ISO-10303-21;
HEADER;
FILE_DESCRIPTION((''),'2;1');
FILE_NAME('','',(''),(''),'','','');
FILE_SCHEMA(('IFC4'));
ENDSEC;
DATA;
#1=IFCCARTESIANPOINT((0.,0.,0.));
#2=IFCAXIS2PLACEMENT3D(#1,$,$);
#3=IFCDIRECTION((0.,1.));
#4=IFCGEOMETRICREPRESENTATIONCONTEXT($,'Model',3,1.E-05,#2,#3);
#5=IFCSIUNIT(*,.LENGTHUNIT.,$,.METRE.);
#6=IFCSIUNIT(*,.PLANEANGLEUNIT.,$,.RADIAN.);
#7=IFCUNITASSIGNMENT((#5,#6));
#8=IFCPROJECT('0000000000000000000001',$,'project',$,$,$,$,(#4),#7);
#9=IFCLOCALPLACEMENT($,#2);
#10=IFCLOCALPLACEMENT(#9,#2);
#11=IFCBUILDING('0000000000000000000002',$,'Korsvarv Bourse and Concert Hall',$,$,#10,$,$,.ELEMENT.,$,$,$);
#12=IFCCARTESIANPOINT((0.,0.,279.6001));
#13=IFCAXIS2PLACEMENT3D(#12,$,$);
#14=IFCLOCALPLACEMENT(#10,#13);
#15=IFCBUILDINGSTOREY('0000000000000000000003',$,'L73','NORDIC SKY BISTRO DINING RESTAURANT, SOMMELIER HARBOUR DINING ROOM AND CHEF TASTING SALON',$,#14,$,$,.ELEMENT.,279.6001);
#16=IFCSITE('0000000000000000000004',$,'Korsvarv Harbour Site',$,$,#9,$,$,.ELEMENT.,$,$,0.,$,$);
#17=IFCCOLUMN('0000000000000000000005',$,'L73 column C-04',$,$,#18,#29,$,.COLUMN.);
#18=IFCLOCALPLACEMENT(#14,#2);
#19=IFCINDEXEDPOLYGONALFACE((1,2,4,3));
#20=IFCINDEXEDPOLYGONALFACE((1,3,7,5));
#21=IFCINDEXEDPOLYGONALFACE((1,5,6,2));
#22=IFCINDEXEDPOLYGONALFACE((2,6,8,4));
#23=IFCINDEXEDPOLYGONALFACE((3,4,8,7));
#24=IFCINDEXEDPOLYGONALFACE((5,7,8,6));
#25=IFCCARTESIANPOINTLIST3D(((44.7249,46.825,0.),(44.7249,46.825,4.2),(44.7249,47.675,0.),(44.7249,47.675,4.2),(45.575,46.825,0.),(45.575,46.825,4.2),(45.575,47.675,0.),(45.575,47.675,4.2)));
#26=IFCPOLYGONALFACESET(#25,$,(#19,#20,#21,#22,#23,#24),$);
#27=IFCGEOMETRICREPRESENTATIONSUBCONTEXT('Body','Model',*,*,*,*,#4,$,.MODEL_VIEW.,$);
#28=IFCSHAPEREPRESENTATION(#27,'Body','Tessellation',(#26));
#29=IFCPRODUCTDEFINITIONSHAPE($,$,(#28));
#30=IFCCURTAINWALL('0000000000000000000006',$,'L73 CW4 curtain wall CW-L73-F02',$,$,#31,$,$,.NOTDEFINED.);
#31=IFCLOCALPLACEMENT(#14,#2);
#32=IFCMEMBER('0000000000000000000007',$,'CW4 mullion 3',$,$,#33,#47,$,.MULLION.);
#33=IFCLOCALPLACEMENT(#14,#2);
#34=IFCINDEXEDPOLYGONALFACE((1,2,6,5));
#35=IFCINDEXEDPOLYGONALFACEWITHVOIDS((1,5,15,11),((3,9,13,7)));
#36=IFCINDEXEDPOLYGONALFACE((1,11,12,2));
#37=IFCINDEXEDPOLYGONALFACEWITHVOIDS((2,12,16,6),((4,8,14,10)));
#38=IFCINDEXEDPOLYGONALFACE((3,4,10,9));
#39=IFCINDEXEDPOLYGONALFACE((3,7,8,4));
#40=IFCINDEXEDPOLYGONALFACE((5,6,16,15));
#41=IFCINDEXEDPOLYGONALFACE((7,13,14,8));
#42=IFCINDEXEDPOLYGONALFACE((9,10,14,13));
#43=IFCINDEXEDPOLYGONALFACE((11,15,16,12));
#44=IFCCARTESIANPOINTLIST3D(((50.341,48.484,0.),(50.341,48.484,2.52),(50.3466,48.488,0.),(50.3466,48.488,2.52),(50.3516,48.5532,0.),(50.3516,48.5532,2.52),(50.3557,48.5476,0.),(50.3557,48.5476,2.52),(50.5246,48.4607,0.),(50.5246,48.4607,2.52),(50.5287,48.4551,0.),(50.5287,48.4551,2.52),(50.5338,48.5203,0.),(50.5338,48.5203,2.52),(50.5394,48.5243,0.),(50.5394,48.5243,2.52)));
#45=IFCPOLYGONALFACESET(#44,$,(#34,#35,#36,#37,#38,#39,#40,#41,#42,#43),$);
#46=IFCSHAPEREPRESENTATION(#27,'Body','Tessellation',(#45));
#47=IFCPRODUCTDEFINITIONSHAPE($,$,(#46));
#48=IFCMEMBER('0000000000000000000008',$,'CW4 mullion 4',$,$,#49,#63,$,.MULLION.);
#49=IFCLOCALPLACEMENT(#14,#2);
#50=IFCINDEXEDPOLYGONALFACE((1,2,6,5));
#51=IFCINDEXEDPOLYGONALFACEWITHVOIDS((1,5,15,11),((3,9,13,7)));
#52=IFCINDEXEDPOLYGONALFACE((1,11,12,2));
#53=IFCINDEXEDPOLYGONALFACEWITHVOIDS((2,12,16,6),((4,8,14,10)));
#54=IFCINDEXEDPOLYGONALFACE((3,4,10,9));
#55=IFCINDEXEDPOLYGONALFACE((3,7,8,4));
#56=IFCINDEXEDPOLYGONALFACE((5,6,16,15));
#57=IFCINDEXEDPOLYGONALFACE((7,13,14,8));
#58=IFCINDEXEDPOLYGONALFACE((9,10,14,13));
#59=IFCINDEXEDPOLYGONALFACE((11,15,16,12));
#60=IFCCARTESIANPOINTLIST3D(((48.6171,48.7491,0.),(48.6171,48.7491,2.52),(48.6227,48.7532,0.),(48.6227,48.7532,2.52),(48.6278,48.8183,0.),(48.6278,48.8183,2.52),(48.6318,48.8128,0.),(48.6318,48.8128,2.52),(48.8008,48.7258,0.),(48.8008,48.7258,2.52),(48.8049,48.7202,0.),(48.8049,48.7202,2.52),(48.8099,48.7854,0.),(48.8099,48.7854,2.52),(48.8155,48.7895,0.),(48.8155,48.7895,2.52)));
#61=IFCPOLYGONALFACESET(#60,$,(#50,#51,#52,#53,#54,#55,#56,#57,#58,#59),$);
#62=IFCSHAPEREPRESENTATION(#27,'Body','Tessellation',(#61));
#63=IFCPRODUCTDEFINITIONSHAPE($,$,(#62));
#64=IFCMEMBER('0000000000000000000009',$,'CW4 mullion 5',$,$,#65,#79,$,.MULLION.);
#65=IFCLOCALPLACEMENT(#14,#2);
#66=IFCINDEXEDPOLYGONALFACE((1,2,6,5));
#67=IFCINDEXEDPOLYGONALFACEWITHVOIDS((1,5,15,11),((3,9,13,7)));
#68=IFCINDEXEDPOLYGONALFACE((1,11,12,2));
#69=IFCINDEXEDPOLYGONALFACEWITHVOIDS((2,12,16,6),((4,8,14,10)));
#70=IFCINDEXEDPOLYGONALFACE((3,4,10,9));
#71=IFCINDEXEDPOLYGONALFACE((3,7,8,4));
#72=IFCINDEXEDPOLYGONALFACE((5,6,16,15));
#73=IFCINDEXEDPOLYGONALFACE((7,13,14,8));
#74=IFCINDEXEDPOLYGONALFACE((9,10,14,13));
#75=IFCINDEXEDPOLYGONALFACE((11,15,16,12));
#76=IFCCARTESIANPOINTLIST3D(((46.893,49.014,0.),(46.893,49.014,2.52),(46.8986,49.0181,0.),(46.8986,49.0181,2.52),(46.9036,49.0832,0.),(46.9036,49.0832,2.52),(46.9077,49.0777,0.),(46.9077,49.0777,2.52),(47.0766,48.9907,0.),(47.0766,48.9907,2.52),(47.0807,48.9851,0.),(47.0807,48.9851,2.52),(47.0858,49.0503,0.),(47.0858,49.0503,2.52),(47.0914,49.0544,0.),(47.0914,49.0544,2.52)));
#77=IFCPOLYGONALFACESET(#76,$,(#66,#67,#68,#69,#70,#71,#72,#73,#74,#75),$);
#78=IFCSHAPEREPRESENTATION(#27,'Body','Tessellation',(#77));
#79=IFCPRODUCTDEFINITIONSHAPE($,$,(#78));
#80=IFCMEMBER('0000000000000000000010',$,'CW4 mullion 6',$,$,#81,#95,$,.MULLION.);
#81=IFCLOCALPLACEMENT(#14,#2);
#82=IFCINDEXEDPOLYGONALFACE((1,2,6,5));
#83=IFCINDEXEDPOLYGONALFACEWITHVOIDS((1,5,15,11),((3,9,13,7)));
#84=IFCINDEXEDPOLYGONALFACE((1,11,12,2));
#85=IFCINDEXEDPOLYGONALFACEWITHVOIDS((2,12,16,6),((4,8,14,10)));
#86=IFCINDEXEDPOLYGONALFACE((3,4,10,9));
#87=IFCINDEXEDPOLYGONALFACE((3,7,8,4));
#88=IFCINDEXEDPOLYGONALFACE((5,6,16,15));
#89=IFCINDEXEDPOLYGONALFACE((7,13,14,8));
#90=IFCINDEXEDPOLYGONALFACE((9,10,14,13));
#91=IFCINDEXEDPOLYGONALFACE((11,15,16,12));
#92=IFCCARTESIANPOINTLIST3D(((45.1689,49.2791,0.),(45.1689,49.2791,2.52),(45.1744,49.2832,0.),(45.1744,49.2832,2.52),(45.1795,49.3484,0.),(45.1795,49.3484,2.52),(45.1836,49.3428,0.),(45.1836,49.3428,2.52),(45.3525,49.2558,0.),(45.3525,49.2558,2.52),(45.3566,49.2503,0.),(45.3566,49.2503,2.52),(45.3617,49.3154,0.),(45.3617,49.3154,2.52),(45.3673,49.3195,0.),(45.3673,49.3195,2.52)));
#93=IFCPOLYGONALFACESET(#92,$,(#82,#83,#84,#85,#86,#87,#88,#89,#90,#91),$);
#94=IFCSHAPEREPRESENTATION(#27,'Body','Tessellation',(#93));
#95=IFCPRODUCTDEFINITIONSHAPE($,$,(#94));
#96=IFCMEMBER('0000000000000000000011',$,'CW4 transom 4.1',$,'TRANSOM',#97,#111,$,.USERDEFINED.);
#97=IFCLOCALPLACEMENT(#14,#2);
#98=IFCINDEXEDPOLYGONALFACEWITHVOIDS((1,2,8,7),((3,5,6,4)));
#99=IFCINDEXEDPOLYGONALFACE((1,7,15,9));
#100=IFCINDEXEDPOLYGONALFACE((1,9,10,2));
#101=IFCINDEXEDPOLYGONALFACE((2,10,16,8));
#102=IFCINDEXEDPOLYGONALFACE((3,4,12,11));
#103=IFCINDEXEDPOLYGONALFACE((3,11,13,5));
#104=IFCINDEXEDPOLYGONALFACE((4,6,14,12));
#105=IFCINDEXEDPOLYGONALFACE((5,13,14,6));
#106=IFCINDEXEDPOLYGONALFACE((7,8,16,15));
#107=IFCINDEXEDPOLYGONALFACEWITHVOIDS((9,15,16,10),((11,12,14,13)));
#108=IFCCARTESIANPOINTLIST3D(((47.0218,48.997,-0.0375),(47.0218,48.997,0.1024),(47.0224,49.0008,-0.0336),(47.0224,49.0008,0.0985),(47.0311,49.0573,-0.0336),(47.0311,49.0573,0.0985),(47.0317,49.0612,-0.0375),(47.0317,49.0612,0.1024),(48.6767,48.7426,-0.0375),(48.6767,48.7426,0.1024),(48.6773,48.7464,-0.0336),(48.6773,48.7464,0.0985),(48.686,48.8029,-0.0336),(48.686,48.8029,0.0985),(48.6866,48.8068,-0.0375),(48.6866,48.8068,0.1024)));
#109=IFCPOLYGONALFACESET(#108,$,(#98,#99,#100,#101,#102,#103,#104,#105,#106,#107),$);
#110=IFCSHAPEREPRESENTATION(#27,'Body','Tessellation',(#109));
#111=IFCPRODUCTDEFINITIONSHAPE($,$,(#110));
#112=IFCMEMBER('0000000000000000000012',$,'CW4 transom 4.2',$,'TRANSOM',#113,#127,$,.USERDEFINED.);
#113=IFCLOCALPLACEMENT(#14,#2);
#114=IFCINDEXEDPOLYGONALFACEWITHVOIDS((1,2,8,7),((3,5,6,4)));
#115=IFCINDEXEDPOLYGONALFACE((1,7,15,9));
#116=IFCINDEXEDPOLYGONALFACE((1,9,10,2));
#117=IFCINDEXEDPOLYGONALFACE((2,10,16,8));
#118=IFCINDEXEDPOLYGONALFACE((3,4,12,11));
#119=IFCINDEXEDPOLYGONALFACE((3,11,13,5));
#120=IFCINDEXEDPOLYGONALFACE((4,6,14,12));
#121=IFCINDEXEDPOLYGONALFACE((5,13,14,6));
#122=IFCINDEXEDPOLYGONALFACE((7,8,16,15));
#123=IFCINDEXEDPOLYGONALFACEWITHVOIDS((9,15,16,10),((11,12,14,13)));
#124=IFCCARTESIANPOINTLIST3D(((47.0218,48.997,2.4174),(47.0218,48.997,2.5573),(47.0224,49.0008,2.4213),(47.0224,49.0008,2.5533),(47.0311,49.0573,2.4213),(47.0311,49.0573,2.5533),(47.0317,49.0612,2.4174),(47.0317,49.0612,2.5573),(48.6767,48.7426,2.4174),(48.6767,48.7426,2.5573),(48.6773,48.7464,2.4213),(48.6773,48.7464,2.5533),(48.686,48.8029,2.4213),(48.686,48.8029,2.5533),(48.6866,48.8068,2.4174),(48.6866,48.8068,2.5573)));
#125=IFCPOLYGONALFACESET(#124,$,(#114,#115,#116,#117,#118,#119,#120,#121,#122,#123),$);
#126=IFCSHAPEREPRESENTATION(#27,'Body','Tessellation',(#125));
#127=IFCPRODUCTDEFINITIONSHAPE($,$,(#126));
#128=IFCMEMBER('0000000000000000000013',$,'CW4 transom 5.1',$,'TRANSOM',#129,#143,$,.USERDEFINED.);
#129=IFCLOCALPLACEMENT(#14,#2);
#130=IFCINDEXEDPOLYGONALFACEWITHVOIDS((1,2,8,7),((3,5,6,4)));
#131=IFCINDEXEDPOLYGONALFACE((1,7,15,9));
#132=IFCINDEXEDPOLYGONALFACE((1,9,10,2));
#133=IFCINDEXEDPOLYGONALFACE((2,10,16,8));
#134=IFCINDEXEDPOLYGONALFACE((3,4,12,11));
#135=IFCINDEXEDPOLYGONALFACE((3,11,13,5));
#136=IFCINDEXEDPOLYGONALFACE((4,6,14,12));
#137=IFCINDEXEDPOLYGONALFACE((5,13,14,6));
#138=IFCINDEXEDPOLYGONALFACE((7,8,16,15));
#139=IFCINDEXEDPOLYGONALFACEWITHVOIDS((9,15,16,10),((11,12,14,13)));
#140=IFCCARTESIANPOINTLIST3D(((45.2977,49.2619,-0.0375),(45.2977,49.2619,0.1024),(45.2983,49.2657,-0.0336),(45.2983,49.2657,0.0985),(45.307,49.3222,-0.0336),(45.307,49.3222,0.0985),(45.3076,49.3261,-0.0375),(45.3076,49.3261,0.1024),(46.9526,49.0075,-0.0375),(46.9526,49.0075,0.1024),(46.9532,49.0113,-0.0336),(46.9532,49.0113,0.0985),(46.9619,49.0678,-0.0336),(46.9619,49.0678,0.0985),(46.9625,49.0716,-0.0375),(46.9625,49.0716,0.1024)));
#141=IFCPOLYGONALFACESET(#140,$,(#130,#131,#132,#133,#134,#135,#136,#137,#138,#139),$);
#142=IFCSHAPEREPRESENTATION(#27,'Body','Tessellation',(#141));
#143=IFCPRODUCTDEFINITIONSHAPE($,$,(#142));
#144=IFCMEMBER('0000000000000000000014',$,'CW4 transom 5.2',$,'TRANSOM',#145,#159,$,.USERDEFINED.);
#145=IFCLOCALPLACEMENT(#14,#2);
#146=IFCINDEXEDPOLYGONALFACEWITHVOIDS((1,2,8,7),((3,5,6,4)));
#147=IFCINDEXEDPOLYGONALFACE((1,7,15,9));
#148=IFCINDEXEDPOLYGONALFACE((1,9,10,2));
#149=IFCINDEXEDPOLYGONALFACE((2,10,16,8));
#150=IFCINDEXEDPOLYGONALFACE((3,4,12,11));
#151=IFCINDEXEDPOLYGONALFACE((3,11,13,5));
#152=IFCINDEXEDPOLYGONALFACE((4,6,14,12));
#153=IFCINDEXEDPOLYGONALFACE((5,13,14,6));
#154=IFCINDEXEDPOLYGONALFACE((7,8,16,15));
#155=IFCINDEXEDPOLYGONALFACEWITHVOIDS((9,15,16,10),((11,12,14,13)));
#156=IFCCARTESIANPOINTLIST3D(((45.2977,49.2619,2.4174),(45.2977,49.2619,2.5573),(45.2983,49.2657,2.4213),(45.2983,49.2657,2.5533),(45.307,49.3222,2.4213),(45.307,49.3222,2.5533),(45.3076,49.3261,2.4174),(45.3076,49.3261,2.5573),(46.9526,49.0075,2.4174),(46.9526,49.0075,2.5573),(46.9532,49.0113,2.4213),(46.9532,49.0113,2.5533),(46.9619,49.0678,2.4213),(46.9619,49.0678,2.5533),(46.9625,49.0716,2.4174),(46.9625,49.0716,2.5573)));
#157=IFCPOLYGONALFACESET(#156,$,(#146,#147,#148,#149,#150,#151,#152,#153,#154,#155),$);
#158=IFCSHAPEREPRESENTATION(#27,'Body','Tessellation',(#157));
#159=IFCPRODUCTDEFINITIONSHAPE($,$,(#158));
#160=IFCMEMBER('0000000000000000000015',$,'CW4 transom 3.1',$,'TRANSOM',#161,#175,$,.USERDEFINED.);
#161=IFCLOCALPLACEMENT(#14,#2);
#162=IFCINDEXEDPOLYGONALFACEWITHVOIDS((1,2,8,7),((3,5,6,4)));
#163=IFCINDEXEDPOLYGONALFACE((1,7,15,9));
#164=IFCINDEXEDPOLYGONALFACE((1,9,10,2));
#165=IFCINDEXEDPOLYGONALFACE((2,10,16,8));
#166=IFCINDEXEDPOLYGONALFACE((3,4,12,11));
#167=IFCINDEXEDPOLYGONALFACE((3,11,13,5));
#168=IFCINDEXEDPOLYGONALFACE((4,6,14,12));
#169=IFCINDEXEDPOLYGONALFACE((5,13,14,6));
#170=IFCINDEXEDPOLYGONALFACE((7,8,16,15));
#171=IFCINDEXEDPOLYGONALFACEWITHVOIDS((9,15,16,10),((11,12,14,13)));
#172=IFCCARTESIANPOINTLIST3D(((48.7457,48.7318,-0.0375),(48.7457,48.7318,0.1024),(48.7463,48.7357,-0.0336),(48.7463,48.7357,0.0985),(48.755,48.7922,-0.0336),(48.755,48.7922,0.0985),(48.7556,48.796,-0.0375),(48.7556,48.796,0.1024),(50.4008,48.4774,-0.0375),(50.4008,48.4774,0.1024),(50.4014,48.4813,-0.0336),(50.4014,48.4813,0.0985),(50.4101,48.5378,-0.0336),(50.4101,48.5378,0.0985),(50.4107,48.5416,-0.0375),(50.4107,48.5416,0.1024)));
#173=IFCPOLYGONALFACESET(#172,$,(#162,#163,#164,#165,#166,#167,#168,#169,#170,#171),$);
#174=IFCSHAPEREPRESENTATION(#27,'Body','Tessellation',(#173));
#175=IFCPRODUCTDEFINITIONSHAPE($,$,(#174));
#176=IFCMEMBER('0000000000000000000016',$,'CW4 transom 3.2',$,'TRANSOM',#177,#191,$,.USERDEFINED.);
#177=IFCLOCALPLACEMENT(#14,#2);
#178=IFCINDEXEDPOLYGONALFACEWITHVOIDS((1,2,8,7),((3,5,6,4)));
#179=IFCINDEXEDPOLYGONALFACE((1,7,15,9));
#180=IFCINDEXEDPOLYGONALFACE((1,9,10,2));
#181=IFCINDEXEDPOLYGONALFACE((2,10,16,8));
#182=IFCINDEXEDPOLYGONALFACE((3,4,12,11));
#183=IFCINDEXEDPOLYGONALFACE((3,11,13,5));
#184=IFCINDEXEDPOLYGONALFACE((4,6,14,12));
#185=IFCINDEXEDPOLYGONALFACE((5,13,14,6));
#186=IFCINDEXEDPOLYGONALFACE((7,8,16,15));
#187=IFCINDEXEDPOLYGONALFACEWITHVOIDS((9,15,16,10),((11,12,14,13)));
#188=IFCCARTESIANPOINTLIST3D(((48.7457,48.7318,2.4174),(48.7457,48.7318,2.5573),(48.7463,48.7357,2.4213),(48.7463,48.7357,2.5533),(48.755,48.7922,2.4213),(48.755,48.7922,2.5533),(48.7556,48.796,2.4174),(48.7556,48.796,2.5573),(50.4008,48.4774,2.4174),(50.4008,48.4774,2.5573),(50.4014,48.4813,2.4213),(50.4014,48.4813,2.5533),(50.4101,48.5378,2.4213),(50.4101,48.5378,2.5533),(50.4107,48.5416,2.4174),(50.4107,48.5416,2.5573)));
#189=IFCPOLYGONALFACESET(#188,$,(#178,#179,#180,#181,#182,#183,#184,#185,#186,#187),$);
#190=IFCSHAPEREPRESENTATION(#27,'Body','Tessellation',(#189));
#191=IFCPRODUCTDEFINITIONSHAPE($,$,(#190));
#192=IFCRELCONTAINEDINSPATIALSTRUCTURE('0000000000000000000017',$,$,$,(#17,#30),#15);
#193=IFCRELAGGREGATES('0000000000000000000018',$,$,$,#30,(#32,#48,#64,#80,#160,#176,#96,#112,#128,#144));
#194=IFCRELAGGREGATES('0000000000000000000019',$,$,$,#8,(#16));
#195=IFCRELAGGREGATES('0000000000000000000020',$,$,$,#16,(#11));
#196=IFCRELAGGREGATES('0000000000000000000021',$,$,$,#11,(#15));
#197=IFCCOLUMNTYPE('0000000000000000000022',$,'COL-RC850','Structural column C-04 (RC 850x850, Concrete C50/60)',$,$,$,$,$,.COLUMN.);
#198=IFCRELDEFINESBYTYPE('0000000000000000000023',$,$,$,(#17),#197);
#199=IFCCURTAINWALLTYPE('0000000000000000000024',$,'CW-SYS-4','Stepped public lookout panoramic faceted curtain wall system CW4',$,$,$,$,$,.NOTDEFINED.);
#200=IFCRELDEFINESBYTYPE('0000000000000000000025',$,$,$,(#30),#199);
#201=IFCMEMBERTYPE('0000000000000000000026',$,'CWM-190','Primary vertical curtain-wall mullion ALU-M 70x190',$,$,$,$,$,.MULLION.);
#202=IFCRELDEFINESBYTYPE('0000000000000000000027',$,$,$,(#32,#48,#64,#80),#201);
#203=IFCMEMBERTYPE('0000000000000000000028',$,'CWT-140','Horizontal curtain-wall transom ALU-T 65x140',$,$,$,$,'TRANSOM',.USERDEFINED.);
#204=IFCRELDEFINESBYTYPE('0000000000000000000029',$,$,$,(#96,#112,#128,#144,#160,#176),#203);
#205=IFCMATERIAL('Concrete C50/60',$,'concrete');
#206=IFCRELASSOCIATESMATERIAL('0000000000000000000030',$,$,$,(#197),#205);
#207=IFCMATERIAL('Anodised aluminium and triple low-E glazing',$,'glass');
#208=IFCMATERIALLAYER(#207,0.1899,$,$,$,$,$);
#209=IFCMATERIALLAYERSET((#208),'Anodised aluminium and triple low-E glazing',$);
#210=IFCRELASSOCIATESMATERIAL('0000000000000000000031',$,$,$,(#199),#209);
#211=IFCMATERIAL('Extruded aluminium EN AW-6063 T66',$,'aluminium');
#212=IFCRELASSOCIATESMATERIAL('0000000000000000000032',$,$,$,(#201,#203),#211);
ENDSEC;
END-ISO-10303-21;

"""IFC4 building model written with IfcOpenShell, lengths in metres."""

from ifc_helpers import new_model, si_unit, direction, frame, origin, origin_2d, place, context, subcontext, project, spatial, rectangle, hollow_rectangle, extrude, source, transform, mapped, material, layer, layer_set, material_profile, profile_set, type_object, element, aggregate, save


model = new_model("IFC4")

# Units and contexts
model_context = context("Model", 3, precision=1e-05, world=origin(), true_north=direction((0.0, 1.0)))
body_context = subcontext(model_context, "Body", "Model", "MODEL_VIEW")
ifc_project = project(units=[si_unit("LENGTHUNIT", "METRE"), si_unit("PLANEANGLEUNIT", "RADIAN")], contexts=[model_context])

# Site, building, storey
site_placement = place(None, origin())
site = spatial("IfcSite", under=ifc_project, at=site_placement, Name="Korsvarv Harbour Site", CompositionType="ELEMENT", RefElevation=0.0)
building_placement = place(site_placement, origin())
building = spatial("IfcBuilding", under=site, at=building_placement, Name="Korsvarv Bourse and Concert Hall", CompositionType="ELEMENT")
storey_placement = place(building_placement, frame((0.0, 0.0, 279.6001)))
storey = spatial("IfcBuildingStorey", under=building, at=storey_placement, Name="L73", Description="NORDIC SKY BISTRO DINING RESTAURANT, SOMMELIER HARBOUR DINING ROOM AND CHEF TASTING SALON", CompositionType="ELEMENT", Elevation=279.6001)

# Column
ifc_material_1 = material(Name="Concrete C50/60", Category="concrete")
ifc_material_profile_1 = material_profile(ifc_material_1, rectangle(XDim=0.8501, YDim=0.8501, at=origin_2d()), Name="RC 850x850")
ifc_profile_set_1 = profile_set([ifc_material_profile_1], Name="Concrete C50/60")
column_type = type_object("IfcColumnType", Name="COL-RC850", Description="Structural column C-04 (RC 850x850, Concrete C50/60)", PredefinedType="COLUMN", material=ifc_profile_set_1)
shared_shape_1 = source(origin(), body_context, "Body", "SweptSolid", [
    extrude(rectangle(XDim=0.8501, YDim=0.8501, at=origin_2d()), origin(), (0.0, 0.0, 1.0), 4.2),
])
column_placement = place(storey_placement, frame((45.1499, 47.25, 0.0), z_axis=(0.0, 0.0, 1.0), x_axis=(1.0, 0.0, 0.0)))
element("IfcColumn", 1, at=column_placement, inside=storey, type_object=column_type, Name="L73 column C-04", PredefinedType="COLUMN", context=body_context, shape_type="MappedRepresentation", body=[
    mapped(shared_shape_1, transform((0.0, 0.0, 0.0), scale=1.0)),
])

# Curtain wall, members
ifc_material_2 = material(Name="Anodised aluminium and triple low-E glazing", Category="glass")
ifc_layer_1 = layer(ifc_material_2, 0.1899)
ifc_layer_set_1 = layer_set([ifc_layer_1], Name="Anodised aluminium and triple low-E glazing")
curtain_wall_type = type_object("IfcCurtainWallType", Name="CW-SYS-4", Description="Stepped public lookout panoramic faceted curtain wall system CW4", PredefinedType="NOTDEFINED", material=ifc_layer_set_1)
curtain_wall_placement = place(storey_placement, origin())
curtain_wall = element("IfcCurtainWall", 2, at=curtain_wall_placement, inside=storey, type_object=curtain_wall_type, Name="L73 CW4 curtain wall CW-L73-F02", PredefinedType="NOTDEFINED")
ifc_material_3 = material(Name="Extruded aluminium EN AW-6063 T66", Category="aluminium")
ifc_material_profile_2 = material_profile(ifc_material_3, hollow_rectangle(XDim=0.0701, YDim=0.1899, WallThickness=0.0049, at=origin_2d()), Name="ALU-M 70x190")
ifc_profile_set_2 = profile_set([ifc_material_profile_2], Name="Extruded aluminium EN AW-6063 T66")
member_type_1 = type_object("IfcMemberType", Name="CWM-190", Description="Primary vertical curtain-wall mullion ALU-M 70x190", PredefinedType="MULLION", material=ifc_profile_set_2)
shared_shape_2 = source(origin(), body_context, "Body", "SweptSolid", [
    extrude(hollow_rectangle(XDim=0.0701, YDim=0.1899, WallThickness=0.0049, at=origin_2d()), origin(), (0.0, 0.0, 1.0), 2.52),
])
member_1_placement = place(storey_placement, frame((50.4402, 48.5042, 0.0), z_axis=(0.0, 0.0, 1.0), x_axis=(-0.151931, -0.988391, 0.0)))
member_1 = element("IfcMember", 3, at=member_1_placement, type_object=member_type_1, Name="CW4 mullion 3", PredefinedType="MULLION", context=body_context, shape_type="MappedRepresentation", body=[
    mapped(shared_shape_2, transform((0.0, 0.0, 0.0), scale=1.0)),
])
member_2_placement = place(storey_placement, frame((48.7163, 48.7693, 0.0), z_axis=(0.0, 0.0, 1.0), x_axis=(-0.151931, -0.988391, 0.0)))
member_2 = element("IfcMember", 4, at=member_2_placement, type_object=member_type_1, Name="CW4 mullion 4", PredefinedType="MULLION", context=body_context, shape_type="MappedRepresentation", body=[
    mapped(shared_shape_2, transform((0.0, 0.0, 0.0), scale=1.0)),
])
member_3_placement = place(storey_placement, frame((46.9922, 49.0342, 0.0), z_axis=(0.0, 0.0, 1.0), x_axis=(-0.151931, -0.988391, 0.0)))
member_3 = element("IfcMember", 5, at=member_3_placement, type_object=member_type_1, Name="CW4 mullion 5", PredefinedType="MULLION", context=body_context, shape_type="MappedRepresentation", body=[
    mapped(shared_shape_2, transform((0.0, 0.0, 0.0), scale=1.0)),
])
member_4_placement = place(storey_placement, frame((45.2681, 49.2993, 0.0), z_axis=(0.0, 0.0, 1.0), x_axis=(-0.151931, -0.988391, 0.0)))
member_4 = element("IfcMember", 6, at=member_4_placement, type_object=member_type_1, Name="CW4 mullion 6", PredefinedType="MULLION", context=body_context, shape_type="MappedRepresentation", body=[
    mapped(shared_shape_2, transform((0.0, 0.0, 0.0), scale=1.0)),
])
ifc_material_profile_3 = material_profile(ifc_material_3, hollow_rectangle(XDim=0.0649, YDim=0.1399, WallThickness=0.0039, at=origin_2d()), Name="ALU-T 65x140")
ifc_profile_set_3 = profile_set([ifc_material_profile_3], Name="Extruded aluminium EN AW-6063 T66")
member_type_2 = type_object("IfcMemberType", Name="CWT-140", Description="Horizontal curtain-wall transom ALU-T 65x140", ElementType="TRANSOM", PredefinedType="USERDEFINED", material=ifc_profile_set_3)
shared_shape_3 = source(origin(), body_context, "Body", "SweptSolid", [
    extrude(hollow_rectangle(XDim=0.0649, YDim=0.1399, WallThickness=0.0039, at=origin_2d()), origin(), (0.0, 0.0, 1.0), 1.6743),
])
member_5_placement = place(storey_placement, frame((48.6816, 48.7747, 0.0325), z_axis=(-0.988389, 0.151948, 0.0), x_axis=(-0.151948, -0.988389, 0.0)))
member_5 = element("IfcMember", 7, at=member_5_placement, type_object=member_type_2, Name="CW4 transom 4.1", ObjectType="TRANSOM", PredefinedType="USERDEFINED", context=body_context, shape_type="MappedRepresentation", body=[
    mapped(shared_shape_3, transform((0.0, 0.0, 0.0), scale=1.0)),
])
member_6_placement = place(storey_placement, frame((48.6816, 48.7747, 2.4873), z_axis=(-0.988389, 0.151948, 0.0), x_axis=(-0.151948, -0.988389, 0.0)))
member_6 = element("IfcMember", 8, at=member_6_placement, type_object=member_type_2, Name="CW4 transom 4.2", ObjectType="TRANSOM", PredefinedType="USERDEFINED", context=body_context, shape_type="MappedRepresentation", body=[
    mapped(shared_shape_3, transform((0.0, 0.0, 0.0), scale=1.0)),
])
member_7_placement = place(storey_placement, frame((46.9575, 49.0396, 0.0325), z_axis=(-0.988389, 0.151948, 0.0), x_axis=(-0.151948, -0.988389, 0.0)))
member_7 = element("IfcMember", 9, at=member_7_placement, type_object=member_type_2, Name="CW4 transom 5.1", ObjectType="TRANSOM", PredefinedType="USERDEFINED", context=body_context, shape_type="MappedRepresentation", body=[
    mapped(shared_shape_3, transform((0.0, 0.0, 0.0), scale=1.0)),
])
member_8_placement = place(storey_placement, frame((46.9575, 49.0396, 2.4873), z_axis=(-0.988389, 0.151948, 0.0), x_axis=(-0.151948, -0.988389, 0.0)))
member_8 = element("IfcMember", 10, at=member_8_placement, type_object=member_type_2, Name="CW4 transom 5.2", ObjectType="TRANSOM", PredefinedType="USERDEFINED", context=body_context, shape_type="MappedRepresentation", body=[
    mapped(shared_shape_3, transform((0.0, 0.0, 0.0), scale=1.0)),
])
shared_shape_4 = source(origin(), body_context, "Body", "SweptSolid", [
    extrude(hollow_rectangle(XDim=0.0649, YDim=0.1399, WallThickness=0.0039, at=origin_2d()), origin(), (0.0, 0.0, 1.0), 1.6746),
])
member_9_placement = place(storey_placement, frame((50.4058, 48.5095, 0.0325), z_axis=(-0.988392, 0.151926, 0.0), x_axis=(-0.151926, -0.988392, 0.0)))
member_9 = element("IfcMember", 11, at=member_9_placement, type_object=member_type_2, Name="CW4 transom 3.1", ObjectType="TRANSOM", PredefinedType="USERDEFINED", context=body_context, shape_type="MappedRepresentation", body=[
    mapped(shared_shape_4, transform((0.0, 0.0, 0.0), scale=1.0)),
])
member_10_placement = place(storey_placement, frame((50.4058, 48.5095, 2.4873), z_axis=(-0.988392, 0.151926, 0.0), x_axis=(-0.151926, -0.988392, 0.0)))
member_10 = element("IfcMember", 12, at=member_10_placement, type_object=member_type_2, Name="CW4 transom 3.2", ObjectType="TRANSOM", PredefinedType="USERDEFINED", context=body_context, shape_type="MappedRepresentation", body=[
    mapped(shared_shape_4, transform((0.0, 0.0, 0.0), scale=1.0)),
])
aggregate(curtain_wall, [member_1, member_2, member_3, member_4, member_9, member_10, member_5, member_6, member_7, member_8])

save(model, "model.ifc")
